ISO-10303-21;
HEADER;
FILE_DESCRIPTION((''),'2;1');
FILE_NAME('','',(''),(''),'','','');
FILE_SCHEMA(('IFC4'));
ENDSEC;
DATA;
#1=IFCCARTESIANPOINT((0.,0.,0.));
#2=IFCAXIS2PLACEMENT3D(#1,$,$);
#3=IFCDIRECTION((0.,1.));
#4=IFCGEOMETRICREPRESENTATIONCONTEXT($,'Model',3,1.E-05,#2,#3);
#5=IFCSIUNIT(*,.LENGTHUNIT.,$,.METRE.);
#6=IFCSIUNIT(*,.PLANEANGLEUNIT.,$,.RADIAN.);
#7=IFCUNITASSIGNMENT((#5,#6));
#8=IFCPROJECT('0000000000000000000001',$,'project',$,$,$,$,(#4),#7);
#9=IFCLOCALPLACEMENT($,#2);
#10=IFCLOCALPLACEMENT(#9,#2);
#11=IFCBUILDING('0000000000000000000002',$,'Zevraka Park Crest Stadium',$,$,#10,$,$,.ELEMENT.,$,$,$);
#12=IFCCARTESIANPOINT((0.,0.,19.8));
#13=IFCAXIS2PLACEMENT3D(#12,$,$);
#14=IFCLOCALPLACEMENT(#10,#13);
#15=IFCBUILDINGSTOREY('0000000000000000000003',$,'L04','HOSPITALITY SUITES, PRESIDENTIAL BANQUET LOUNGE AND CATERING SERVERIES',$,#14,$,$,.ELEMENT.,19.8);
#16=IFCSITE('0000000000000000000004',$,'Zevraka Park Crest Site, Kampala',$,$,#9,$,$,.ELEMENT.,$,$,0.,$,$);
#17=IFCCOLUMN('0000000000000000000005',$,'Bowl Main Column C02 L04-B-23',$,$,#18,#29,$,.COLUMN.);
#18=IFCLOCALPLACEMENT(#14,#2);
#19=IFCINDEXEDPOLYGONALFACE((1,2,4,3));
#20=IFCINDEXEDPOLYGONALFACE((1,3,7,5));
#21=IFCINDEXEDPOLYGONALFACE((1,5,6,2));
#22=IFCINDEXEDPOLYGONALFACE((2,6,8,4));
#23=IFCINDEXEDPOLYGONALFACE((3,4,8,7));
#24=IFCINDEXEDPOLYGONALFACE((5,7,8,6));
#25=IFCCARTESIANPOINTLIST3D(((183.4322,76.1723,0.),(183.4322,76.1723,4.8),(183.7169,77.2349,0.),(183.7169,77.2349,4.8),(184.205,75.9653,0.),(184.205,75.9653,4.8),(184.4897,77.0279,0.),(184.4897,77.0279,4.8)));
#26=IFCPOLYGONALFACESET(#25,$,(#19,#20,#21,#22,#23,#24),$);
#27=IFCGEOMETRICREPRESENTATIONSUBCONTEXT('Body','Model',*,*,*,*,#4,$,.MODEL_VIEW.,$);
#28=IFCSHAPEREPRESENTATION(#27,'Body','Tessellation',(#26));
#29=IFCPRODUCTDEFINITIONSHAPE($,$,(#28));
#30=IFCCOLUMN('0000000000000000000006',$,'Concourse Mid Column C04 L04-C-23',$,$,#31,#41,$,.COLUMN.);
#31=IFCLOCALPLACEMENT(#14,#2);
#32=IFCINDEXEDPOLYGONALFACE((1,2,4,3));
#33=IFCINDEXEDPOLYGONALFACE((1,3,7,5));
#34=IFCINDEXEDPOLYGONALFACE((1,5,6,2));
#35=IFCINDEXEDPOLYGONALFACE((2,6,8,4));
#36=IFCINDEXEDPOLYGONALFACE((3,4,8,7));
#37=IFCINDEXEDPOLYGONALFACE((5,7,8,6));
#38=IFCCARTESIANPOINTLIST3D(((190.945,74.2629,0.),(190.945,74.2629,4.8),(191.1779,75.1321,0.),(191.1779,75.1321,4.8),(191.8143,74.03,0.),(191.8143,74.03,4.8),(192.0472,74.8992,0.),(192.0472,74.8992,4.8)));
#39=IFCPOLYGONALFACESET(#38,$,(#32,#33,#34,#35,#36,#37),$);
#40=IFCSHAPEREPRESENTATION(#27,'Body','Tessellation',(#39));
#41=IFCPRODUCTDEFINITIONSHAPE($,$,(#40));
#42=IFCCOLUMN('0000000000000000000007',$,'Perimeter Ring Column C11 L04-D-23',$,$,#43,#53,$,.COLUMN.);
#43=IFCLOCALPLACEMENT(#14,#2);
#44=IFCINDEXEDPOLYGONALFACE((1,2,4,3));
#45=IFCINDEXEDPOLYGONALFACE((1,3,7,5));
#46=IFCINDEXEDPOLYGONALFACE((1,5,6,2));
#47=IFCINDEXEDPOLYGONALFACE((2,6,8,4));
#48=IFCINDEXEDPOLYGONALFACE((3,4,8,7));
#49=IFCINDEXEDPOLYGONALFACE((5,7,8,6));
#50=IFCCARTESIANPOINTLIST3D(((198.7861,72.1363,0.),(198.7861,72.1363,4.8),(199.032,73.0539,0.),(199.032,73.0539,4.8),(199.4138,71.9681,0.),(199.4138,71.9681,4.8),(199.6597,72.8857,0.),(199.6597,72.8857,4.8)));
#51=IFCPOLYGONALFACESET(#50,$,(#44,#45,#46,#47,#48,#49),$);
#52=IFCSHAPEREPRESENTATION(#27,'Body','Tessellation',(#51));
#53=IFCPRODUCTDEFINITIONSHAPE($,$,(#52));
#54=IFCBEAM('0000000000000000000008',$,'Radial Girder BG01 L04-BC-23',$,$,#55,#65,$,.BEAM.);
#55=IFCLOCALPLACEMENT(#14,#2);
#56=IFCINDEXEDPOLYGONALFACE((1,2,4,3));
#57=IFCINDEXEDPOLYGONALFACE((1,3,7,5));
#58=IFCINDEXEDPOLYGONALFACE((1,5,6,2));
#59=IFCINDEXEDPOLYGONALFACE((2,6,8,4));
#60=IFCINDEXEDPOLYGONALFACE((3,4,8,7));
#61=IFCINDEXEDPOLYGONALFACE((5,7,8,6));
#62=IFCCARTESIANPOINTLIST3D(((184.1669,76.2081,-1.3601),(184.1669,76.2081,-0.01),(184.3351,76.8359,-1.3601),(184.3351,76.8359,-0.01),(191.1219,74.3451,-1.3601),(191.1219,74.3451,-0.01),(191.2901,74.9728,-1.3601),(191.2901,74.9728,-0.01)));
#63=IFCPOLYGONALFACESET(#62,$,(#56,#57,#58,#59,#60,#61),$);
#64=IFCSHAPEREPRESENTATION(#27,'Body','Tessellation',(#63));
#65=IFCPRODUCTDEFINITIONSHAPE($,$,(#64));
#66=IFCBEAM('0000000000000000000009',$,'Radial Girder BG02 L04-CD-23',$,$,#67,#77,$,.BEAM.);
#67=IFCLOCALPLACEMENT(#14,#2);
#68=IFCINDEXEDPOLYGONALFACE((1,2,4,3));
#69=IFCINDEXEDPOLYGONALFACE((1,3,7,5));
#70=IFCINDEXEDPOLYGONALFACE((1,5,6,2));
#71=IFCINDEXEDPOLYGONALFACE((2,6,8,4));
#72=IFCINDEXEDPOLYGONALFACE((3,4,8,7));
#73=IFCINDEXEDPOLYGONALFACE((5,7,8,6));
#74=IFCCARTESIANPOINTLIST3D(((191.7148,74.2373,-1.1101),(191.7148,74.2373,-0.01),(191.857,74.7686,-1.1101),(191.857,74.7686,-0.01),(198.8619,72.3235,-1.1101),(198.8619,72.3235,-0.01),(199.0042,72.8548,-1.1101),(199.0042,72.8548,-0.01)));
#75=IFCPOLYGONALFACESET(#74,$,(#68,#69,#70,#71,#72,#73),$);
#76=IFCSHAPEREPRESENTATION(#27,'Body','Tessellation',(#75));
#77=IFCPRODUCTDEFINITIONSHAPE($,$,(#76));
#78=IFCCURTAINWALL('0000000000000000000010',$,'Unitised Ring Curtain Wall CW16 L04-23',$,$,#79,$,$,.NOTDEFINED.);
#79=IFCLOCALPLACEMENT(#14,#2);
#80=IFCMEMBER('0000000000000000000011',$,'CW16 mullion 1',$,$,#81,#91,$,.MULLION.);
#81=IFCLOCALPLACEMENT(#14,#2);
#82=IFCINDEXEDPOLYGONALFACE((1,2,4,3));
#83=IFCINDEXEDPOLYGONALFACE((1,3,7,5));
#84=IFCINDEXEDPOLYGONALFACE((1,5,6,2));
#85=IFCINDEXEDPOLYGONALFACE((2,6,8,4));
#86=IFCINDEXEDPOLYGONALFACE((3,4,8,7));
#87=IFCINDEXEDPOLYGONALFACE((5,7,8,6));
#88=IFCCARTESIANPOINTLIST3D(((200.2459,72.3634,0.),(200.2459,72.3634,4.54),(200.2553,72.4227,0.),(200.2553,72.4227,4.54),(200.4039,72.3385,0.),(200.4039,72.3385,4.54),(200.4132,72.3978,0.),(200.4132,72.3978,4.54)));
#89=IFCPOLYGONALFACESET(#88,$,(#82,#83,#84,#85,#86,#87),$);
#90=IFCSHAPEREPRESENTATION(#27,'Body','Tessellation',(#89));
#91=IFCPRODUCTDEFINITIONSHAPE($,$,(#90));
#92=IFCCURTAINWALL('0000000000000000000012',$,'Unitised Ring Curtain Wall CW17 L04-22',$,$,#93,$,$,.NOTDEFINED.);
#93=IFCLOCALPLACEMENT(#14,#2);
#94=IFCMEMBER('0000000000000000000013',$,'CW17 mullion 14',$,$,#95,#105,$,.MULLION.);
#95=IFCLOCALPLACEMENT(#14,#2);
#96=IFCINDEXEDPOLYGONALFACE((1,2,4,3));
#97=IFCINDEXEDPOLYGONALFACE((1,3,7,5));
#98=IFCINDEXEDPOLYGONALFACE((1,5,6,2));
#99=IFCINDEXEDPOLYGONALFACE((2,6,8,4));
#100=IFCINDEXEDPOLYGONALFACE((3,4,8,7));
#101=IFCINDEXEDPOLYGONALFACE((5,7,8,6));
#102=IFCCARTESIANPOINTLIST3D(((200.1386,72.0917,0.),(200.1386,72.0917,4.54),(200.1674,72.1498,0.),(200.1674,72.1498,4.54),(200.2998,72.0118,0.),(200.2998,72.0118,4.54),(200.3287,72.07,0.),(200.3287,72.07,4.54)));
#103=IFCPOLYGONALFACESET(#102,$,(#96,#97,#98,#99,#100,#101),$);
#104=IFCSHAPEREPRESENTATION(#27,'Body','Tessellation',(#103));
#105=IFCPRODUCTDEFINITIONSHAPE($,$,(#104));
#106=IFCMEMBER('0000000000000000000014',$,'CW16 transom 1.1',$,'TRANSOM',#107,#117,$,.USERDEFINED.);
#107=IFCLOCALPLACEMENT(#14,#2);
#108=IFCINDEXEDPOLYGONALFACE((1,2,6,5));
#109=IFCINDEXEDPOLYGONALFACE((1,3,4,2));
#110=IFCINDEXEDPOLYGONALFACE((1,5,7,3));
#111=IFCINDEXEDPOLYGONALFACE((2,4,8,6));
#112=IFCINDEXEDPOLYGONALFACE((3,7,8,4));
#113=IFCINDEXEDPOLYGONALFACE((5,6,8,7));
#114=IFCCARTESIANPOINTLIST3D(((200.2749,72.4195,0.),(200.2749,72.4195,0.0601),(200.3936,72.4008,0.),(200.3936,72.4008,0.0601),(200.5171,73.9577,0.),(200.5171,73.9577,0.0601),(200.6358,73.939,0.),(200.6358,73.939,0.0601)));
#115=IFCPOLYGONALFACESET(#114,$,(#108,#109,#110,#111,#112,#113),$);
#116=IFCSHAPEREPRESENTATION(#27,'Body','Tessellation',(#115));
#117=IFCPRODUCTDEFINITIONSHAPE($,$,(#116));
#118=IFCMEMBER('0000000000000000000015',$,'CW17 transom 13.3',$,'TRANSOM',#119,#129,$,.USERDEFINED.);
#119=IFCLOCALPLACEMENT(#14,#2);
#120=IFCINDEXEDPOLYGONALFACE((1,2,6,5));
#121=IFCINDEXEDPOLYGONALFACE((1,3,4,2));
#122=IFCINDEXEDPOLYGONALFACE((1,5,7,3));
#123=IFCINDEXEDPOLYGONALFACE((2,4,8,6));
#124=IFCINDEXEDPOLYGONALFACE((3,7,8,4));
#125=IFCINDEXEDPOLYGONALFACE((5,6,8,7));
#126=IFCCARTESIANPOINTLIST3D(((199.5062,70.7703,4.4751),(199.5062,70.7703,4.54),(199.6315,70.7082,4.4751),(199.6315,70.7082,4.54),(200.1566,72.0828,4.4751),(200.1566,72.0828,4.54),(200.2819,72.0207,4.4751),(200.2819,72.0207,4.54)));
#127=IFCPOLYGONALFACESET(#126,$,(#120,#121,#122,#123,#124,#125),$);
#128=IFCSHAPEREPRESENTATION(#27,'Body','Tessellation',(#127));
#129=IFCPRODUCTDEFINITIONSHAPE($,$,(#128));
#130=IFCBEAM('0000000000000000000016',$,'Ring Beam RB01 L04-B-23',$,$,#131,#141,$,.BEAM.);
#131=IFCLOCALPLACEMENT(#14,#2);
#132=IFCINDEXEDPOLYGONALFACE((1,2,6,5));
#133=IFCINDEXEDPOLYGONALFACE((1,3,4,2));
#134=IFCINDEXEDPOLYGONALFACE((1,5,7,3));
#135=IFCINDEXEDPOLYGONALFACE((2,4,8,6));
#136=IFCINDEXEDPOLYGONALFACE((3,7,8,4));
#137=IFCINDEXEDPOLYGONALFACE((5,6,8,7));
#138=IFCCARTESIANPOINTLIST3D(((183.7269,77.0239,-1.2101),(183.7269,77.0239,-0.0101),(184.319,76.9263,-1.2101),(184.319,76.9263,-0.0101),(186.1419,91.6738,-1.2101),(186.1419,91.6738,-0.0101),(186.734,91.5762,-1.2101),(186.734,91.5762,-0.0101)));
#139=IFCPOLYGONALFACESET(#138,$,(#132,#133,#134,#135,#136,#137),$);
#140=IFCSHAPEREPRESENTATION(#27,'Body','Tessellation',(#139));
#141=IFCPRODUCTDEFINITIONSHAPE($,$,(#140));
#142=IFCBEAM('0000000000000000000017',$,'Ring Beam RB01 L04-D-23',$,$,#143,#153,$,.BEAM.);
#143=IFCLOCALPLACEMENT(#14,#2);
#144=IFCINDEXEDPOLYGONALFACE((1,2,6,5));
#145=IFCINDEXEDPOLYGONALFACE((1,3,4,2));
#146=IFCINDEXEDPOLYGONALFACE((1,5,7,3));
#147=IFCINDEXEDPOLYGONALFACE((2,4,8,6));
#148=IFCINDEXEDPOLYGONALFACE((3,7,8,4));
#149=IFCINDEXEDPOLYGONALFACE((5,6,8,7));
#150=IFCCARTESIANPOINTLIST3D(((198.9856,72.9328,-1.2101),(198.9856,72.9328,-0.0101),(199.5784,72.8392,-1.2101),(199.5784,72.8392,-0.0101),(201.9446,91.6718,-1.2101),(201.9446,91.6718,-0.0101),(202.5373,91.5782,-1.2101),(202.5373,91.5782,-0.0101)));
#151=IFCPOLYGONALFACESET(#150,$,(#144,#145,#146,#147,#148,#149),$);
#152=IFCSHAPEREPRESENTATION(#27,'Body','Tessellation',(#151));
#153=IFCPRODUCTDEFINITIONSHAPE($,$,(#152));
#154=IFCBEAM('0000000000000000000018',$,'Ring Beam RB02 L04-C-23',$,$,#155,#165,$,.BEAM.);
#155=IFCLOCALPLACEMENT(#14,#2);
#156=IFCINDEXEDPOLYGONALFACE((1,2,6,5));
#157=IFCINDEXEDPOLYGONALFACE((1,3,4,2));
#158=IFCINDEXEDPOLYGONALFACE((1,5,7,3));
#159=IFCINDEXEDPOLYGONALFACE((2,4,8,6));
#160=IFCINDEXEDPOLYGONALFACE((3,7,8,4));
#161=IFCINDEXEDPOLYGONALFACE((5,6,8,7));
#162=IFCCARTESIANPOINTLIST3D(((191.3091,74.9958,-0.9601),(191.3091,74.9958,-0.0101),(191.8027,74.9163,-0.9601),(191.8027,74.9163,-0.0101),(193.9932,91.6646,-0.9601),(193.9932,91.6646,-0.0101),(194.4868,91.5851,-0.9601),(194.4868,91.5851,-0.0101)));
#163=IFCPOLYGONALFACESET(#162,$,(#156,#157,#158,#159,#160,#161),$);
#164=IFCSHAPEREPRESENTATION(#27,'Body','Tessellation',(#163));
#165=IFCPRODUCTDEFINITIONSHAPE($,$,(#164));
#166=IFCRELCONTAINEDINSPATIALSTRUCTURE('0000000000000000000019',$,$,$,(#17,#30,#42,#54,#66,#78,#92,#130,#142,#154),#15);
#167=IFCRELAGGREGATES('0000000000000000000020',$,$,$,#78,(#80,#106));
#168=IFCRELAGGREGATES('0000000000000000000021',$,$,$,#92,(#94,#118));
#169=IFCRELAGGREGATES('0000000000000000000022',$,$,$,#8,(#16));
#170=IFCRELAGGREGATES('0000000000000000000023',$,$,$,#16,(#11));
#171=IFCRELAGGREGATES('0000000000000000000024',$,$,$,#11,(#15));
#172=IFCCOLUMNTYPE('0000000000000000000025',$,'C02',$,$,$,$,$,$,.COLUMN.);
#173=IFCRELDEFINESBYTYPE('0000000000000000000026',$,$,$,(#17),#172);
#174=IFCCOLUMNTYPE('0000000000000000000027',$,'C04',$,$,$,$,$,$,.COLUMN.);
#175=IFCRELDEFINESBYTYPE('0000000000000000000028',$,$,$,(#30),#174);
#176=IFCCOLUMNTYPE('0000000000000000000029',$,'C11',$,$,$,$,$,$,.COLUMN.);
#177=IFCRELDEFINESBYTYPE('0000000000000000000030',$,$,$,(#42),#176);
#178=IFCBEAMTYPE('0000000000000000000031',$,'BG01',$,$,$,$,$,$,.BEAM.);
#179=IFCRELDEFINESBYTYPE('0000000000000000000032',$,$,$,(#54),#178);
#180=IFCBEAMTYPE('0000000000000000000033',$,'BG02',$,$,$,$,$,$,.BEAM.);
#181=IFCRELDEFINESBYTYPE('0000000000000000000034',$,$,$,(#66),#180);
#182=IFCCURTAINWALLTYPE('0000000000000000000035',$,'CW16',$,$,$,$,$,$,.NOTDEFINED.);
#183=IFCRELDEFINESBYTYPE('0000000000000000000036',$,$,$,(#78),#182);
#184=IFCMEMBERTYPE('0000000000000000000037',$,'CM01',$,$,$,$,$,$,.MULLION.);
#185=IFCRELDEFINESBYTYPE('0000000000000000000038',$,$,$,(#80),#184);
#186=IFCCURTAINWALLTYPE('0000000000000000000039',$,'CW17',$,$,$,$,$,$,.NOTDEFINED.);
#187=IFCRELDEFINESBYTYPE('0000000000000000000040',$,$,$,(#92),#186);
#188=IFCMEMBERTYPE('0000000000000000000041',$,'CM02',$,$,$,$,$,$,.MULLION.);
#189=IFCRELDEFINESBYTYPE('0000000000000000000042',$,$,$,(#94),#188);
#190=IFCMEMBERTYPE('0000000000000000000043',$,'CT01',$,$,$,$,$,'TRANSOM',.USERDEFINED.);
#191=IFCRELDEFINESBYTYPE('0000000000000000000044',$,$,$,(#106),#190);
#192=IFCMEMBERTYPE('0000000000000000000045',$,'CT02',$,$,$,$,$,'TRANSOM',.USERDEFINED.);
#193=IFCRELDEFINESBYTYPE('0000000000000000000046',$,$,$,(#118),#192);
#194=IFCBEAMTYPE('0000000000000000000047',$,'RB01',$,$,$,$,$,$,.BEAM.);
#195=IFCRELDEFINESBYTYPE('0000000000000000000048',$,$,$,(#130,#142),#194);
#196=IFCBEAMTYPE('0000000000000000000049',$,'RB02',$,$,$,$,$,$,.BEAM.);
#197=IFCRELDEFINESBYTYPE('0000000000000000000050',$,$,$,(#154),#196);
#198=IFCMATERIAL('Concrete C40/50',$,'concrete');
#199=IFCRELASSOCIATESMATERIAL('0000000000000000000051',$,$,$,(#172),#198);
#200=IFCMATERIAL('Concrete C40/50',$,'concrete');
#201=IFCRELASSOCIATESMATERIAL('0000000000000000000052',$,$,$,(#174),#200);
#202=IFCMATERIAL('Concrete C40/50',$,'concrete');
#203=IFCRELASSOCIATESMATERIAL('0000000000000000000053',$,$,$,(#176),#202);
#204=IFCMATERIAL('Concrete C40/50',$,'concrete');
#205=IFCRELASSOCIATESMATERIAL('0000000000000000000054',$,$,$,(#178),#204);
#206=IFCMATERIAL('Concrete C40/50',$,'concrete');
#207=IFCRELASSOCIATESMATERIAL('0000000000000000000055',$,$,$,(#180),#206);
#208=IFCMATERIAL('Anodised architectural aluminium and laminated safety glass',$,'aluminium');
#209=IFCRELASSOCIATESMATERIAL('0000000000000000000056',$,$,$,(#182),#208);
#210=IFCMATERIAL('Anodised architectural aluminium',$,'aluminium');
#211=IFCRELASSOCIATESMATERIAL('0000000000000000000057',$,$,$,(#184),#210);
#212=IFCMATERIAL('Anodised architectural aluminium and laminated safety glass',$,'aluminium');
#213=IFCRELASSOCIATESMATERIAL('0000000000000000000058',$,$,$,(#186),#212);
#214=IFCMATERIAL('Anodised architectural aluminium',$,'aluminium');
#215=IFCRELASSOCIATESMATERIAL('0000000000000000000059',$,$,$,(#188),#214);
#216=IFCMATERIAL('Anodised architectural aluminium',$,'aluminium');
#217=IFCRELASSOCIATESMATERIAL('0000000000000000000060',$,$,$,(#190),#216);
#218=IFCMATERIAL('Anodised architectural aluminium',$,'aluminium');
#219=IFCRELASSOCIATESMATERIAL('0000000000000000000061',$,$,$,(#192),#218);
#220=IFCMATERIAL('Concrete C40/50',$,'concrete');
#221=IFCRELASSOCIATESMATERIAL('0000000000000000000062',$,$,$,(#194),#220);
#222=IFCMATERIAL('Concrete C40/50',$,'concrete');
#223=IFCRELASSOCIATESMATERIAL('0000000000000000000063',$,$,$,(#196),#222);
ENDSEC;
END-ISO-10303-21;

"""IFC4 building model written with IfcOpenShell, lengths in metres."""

from ifc_helpers import new_model, si_unit, direction, frame, origin, origin_2d, place, context, subcontext, project, spatial, rectangle, extrude, material, material_profile, profile_set, type_object, element, aggregate, save


model = new_model("IFC4")

# Units and contexts
model_context = context("Model", 3, precision=1e-05, world=origin(), true_north=direction((0.0, 1.0)))
body_context = subcontext(model_context, "Body", "Model", "MODEL_VIEW")
ifc_project = project(units=[si_unit("LENGTHUNIT", "METRE"), si_unit("PLANEANGLEUNIT", "RADIAN")], contexts=[model_context])

# Site, building, storey
site_placement = place(None, origin())
site = spatial("IfcSite", under=ifc_project, at=site_placement, Name="Zevraka Park Crest Site, Kampala", CompositionType="ELEMENT", RefElevation=0.0)
building_placement = place(site_placement, origin())
building = spatial("IfcBuilding", under=site, at=building_placement, Name="Zevraka Park Crest Stadium", CompositionType="ELEMENT")
storey_placement = place(building_placement, frame((0.0, 0.0, 19.8)))
storey = spatial("IfcBuildingStorey", under=building, at=storey_placement, Name="L04", Description="HOSPITALITY SUITES, PRESIDENTIAL BANQUET LOUNGE AND CATERING SERVERIES", CompositionType="ELEMENT", Elevation=19.8)

# Columns
ifc_material_1 = material(Name="Concrete C40/50", Category="concrete")
ifc_material_profile_1 = material_profile(ifc_material_1, rectangle(XDim=0.8, YDim=1.1001, at=origin_2d()), Name="RC 1100x800")
ifc_profile_set_1 = profile_set([ifc_material_profile_1], Name="Concrete C40/50")
column_type_1 = type_object("IfcColumnType", Name="C02", PredefinedType="COLUMN", material=ifc_profile_set_1)
column_1_placement = place(storey_placement, frame((183.9609, 76.6001, 0.0), z_axis=(0.0, 0.0, 1.0), x_axis=(-0.965926, 0.258819, 0.0)))
element("IfcColumn", 1, at=column_1_placement, inside=storey, type_object=column_type_1, Name="Bowl Main Column C02 L04-B-23", PredefinedType="COLUMN", context=body_context, shape_type="SweptSolid", body=[
    extrude(rectangle(XDim=0.8, YDim=1.1001, at=origin_2d()), origin(), (0.0, 0.0, 1.0), 4.8),
])
ifc_material_2 = material(Name="Concrete C40/50", Category="concrete")
ifc_material_profile_2 = material_profile(ifc_material_2, rectangle(XDim=0.8999, YDim=0.8999, at=origin_2d()), Name="RC 900x900")
ifc_profile_set_2 = profile_set([ifc_material_profile_2], Name="Concrete C40/50")
column_type_2 = type_object("IfcColumnType", Name="C04", PredefinedType="COLUMN", material=ifc_profile_set_2)
column_2_placement = place(storey_placement, frame((191.4961, 74.5811, 0.0), z_axis=(0.0, 0.0, 1.0), x_axis=(-0.965926, 0.258819, 0.0)))
element("IfcColumn", 2, at=column_2_placement, inside=storey, type_object=column_type_2, Name="Concourse Mid Column C04 L04-C-23", PredefinedType="COLUMN", context=body_context, shape_type="SweptSolid", body=[
    extrude(rectangle(XDim=0.8999, YDim=0.8999, at=origin_2d()), origin(), (0.0, 0.0, 1.0), 4.8),
])
ifc_material_3 = material(Name="Concrete C40/50", Category="concrete")
ifc_material_profile_3 = material_profile(ifc_material_3, rectangle(XDim=0.6499, YDim=0.95, at=origin_2d()), Name="RC 950x650")
ifc_profile_set_3 = profile_set([ifc_material_profile_3], Name="Concrete C40/50")
column_type_3 = type_object("IfcColumnType", Name="C11", PredefinedType="COLUMN", material=ifc_profile_set_3)
column_3_placement = place(storey_placement, frame((199.2229, 72.511, 0.0), z_axis=(0.0, 0.0, 1.0), x_axis=(-0.965926, 0.258819, 0.0)))
element("IfcColumn", 3, at=column_3_placement, inside=storey, type_object=column_type_3, Name="Perimeter Ring Column C11 L04-D-23", PredefinedType="COLUMN", context=body_context, shape_type="SweptSolid", body=[
    extrude(rectangle(XDim=0.6499, YDim=0.95, at=origin_2d()), origin(), (0.0, 0.0, 1.0), 4.8),
])

# Beams
ifc_material_4 = material(Name="Concrete C40/50", Category="concrete")
ifc_material_profile_4 = material_profile(ifc_material_4, rectangle(XDim=0.6499, YDim=1.3501, at=origin_2d()), Name="RC 1350x650")
ifc_profile_set_4 = profile_set([ifc_material_profile_4], Name="Concrete C40/50")
beam_type_1 = type_object("IfcBeamType", Name="BG01", PredefinedType="BEAM", material=ifc_profile_set_4)
beam_1_placement = place(storey_placement, frame((184.251, 76.522, -0.6851), z_axis=(0.965946, -0.258745, 0.0), x_axis=(0.258745, 0.965946, 0.0)))
element("IfcBeam", 4, at=beam_1_placement, inside=storey, type_object=beam_type_1, Name="Radial Girder BG01 L04-BC-23", PredefinedType="BEAM", context=body_context, shape_type="SweptSolid", body=[
    extrude(rectangle(XDim=0.6499, YDim=1.3501, at=origin_2d()), origin(), (0.0, 0.0, 1.0), 7.2002),
])
ifc_material_5 = material(Name="Concrete C40/50", Category="concrete")
ifc_material_profile_5 = material_profile(ifc_material_5, rectangle(XDim=0.55, YDim=1.1001, at=origin_2d()), Name="RC 1100x550")
ifc_profile_set_5 = profile_set([ifc_material_profile_5], Name="Concrete C40/50")
beam_type_2 = type_object("IfcBeamType", Name="BG02", PredefinedType="BEAM", material=ifc_profile_set_5)
beam_2_placement = place(storey_placement, frame((191.7859, 74.5029, -0.5601), z_axis=(0.965969, -0.258659, 0.0), x_axis=(0.258659, 0.965969, 0.0)))
element("IfcBeam", 5, at=beam_2_placement, inside=storey, type_object=beam_type_2, Name="Radial Girder BG02 L04-CD-23", PredefinedType="BEAM", context=body_context, shape_type="SweptSolid", body=[
    extrude(rectangle(XDim=0.55, YDim=1.1001, at=origin_2d()), origin(), (0.0, 0.0, 1.0), 7.3989),
])

# Curtain walls, members
ifc_material_6 = material(Name="Anodised architectural aluminium and laminated safety glass", Category="aluminium")
curtain_wall_type_1 = type_object("IfcCurtainWallType", Name="CW16", PredefinedType="NOTDEFINED", material=ifc_material_6)
curtain_wall_1_placement = place(storey_placement, origin())
curtain_wall_1 = element("IfcCurtainWall", 6, at=curtain_wall_1_placement, inside=storey, type_object=curtain_wall_type_1, Name="Unitised Ring Curtain Wall CW16 L04-23", PredefinedType="NOTDEFINED")
ifc_material_7 = material(Name="Anodised architectural aluminium", Category="aluminium")
ifc_material_profile_6 = material_profile(ifc_material_7, rectangle(XDim=0.1599, YDim=0.0601, at=origin_2d()), Name="ALU MULLION 160x60")
ifc_profile_set_6 = profile_set([ifc_material_profile_6], Name="Anodised architectural aluminium")
member_type_1 = type_object("IfcMemberType", Name="CM01", PredefinedType="MULLION", material=ifc_profile_set_6)
member_1_placement = place(storey_placement, frame((200.3296, 72.3806, 0.0), z_axis=(0.0, 0.0, 1.0), x_axis=(-0.98783, 0.155539, 0.0)))
member_1 = element("IfcMember", 7, at=member_1_placement, type_object=member_type_1, Name="CW16 mullion 1", PredefinedType="MULLION", context=body_context, shape_type="SweptSolid", body=[
    extrude(rectangle(XDim=0.1599, YDim=0.0601, at=origin_2d()), origin(), (0.0, 0.0, 1.0), 4.54),
])
ifc_material_8 = material(Name="Anodised architectural aluminium and laminated safety glass", Category="aluminium")
curtain_wall_type_2 = type_object("IfcCurtainWallType", Name="CW17", PredefinedType="NOTDEFINED", material=ifc_material_8)
curtain_wall_2_placement = place(storey_placement, origin())
curtain_wall_2 = element("IfcCurtainWall", 8, at=curtain_wall_2_placement, inside=storey, type_object=curtain_wall_type_2, Name="Unitised Ring Curtain Wall CW17 L04-22", PredefinedType="NOTDEFINED")
ifc_material_9 = material(Name="Anodised architectural aluminium", Category="aluminium")
ifc_material_profile_7 = material_profile(ifc_material_9, rectangle(XDim=0.1799, YDim=0.0649, at=origin_2d()), Name="ALU MULLION 180x65")
ifc_profile_set_7 = profile_set([ifc_material_profile_7], Name="Anodised architectural aluminium")
member_type_2 = type_object("IfcMemberType", Name="CM02", PredefinedType="MULLION", material=ifc_profile_set_7)
member_2_placement = place(storey_placement, frame((200.2336, 72.0808, 0.0), z_axis=(0.0, 0.0, 1.0), x_axis=(-0.896046, 0.443961, 0.0)))
member_2 = element("IfcMember", 9, at=member_2_placement, type_object=member_type_2, Name="CW17 mullion 14", PredefinedType="MULLION", context=body_context, shape_type="SweptSolid", body=[
    extrude(rectangle(XDim=0.1799, YDim=0.0649, at=origin_2d()), origin(), (0.0, 0.0, 1.0), 4.54),
])

# Members
ifc_material_10 = material(Name="Anodised architectural aluminium", Category="aluminium")
ifc_material_profile_8 = material_profile(ifc_material_10, rectangle(XDim=0.1201, YDim=0.0601, at=origin_2d()), Name="ALU TRANSOM 120x60")
ifc_profile_set_8 = profile_set([ifc_material_profile_8], Name="Anodised architectural aluminium")
member_type_3 = type_object("IfcMemberType", Name="CT01", ElementType="TRANSOM", PredefinedType="USERDEFINED", material=ifc_profile_set_8)
member_3_placement = place(storey_placement, frame((200.3342, 72.4102, 0.03), z_axis=(0.155544, 0.987829, 0.0), x_axis=(-0.987829, 0.155544, 0.0)))
member_3 = element("IfcMember", 10, at=member_3_placement, type_object=member_type_3, Name="CW16 transom 1.1", ObjectType="TRANSOM", PredefinedType="USERDEFINED", context=body_context, shape_type="SweptSolid", body=[
    extrude(rectangle(XDim=0.1201, YDim=0.0601, at=origin_2d()), origin(), (0.0, 0.0, 1.0), 1.5571),
])
aggregate(curtain_wall_1, [member_1, member_3])
ifc_material_11 = material(Name="Anodised architectural aluminium", Category="aluminium")
ifc_material_profile_9 = material_profile(ifc_material_11, rectangle(XDim=0.1399, YDim=0.0649, at=origin_2d()), Name="ALU TRANSOM 140x65")
ifc_profile_set_9 = profile_set([ifc_material_profile_9], Name="Anodised architectural aluminium")
member_type_4 = type_object("IfcMemberType", Name="CT02", ElementType="TRANSOM", PredefinedType="USERDEFINED", material=ifc_profile_set_9)
member_4_placement = place(storey_placement, frame((199.5688, 70.7393, 4.5076), z_axis=(0.444011, 0.896022, 0.0), x_axis=(-0.896022, 0.444011, 0.0)))
member_4 = element("IfcMember", 11, at=member_4_placement, type_object=member_type_4, Name="CW17 transom 13.3", ObjectType="TRANSOM", PredefinedType="USERDEFINED", context=body_context, shape_type="SweptSolid", body=[
    extrude(rectangle(XDim=0.1399, YDim=0.0649, at=origin_2d()), origin(), (0.0, 0.0, 1.0), 1.4648),
])

# Beams
ifc_material_12 = material(Name="Concrete C40/50", Category="concrete")
ifc_material_profile_10 = material_profile(ifc_material_12, rectangle(XDim=0.6001, YDim=1.2, at=origin_2d()), Name="RC 1200x600")
ifc_profile_set_10 = profile_set([ifc_material_profile_10], Name="Concrete C40/50")
beam_type_3 = type_object("IfcBeamType", Name="RB01", PredefinedType="BEAM", material=ifc_profile_set_10)
beam_3_placement = place(storey_placement, frame((184.0229, 76.9751, -0.6101), z_axis=(0.162655, 0.986683, 0.0), x_axis=(-0.986683, 0.162655, 0.0)))
element("IfcBeam", 12, at=beam_3_placement, inside=storey, type_object=beam_type_3, Name="Ring Beam RB01 L04-B-23", PredefinedType="BEAM", context=body_context, shape_type="SweptSolid", body=[
    extrude(rectangle(XDim=0.6001, YDim=1.2, at=origin_2d()), origin(), (0.0, 0.0, 1.0), 14.8477),
])
beam_4_placement = place(storey_placement, frame((199.282, 72.886, -0.6101), z_axis=(0.155972, 0.987761, 0.0), x_axis=(-0.987761, 0.155972, 0.0)))
element("IfcBeam", 13, at=beam_4_placement, inside=storey, type_object=beam_type_3, Name="Ring Beam RB01 L04-D-23", PredefinedType="BEAM", context=body_context, shape_type="SweptSolid", body=[
    extrude(rectangle(XDim=0.6001, YDim=1.2, at=origin_2d()), origin(), (0.0, 0.0, 1.0), 18.9712),
])
ifc_material_13 = material(Name="Concrete C40/50", Category="concrete")
ifc_material_profile_11 = material_profile(ifc_material_13, rectangle(XDim=0.5, YDim=0.95, at=origin_2d()), Name="RC 950x500")
ifc_profile_set_11 = profile_set([ifc_material_profile_11], Name="Concrete C40/50")
beam_type_4 = type_object("IfcBeamType", Name="RB02", PredefinedType="BEAM", material=ifc_profile_set_11)
beam_5_placement = place(storey_placement, frame((191.5559, 74.9561, -0.4851), z_axis=(0.158975, 0.987283, 0.0), x_axis=(-0.987283, 0.158975, 0.0)))
element("IfcBeam", 14, at=beam_5_placement, inside=storey, type_object=beam_type_4, Name="Ring Beam RB02 L04-C-23", PredefinedType="BEAM", context=body_context, shape_type="SweptSolid", body=[
    extrude(rectangle(XDim=0.5, YDim=0.95, at=origin_2d()), origin(), (0.0, 0.0, 1.0), 16.8835),
])

aggregate(curtain_wall_2, [member_2, member_4])

save(model, "model.ifc")
